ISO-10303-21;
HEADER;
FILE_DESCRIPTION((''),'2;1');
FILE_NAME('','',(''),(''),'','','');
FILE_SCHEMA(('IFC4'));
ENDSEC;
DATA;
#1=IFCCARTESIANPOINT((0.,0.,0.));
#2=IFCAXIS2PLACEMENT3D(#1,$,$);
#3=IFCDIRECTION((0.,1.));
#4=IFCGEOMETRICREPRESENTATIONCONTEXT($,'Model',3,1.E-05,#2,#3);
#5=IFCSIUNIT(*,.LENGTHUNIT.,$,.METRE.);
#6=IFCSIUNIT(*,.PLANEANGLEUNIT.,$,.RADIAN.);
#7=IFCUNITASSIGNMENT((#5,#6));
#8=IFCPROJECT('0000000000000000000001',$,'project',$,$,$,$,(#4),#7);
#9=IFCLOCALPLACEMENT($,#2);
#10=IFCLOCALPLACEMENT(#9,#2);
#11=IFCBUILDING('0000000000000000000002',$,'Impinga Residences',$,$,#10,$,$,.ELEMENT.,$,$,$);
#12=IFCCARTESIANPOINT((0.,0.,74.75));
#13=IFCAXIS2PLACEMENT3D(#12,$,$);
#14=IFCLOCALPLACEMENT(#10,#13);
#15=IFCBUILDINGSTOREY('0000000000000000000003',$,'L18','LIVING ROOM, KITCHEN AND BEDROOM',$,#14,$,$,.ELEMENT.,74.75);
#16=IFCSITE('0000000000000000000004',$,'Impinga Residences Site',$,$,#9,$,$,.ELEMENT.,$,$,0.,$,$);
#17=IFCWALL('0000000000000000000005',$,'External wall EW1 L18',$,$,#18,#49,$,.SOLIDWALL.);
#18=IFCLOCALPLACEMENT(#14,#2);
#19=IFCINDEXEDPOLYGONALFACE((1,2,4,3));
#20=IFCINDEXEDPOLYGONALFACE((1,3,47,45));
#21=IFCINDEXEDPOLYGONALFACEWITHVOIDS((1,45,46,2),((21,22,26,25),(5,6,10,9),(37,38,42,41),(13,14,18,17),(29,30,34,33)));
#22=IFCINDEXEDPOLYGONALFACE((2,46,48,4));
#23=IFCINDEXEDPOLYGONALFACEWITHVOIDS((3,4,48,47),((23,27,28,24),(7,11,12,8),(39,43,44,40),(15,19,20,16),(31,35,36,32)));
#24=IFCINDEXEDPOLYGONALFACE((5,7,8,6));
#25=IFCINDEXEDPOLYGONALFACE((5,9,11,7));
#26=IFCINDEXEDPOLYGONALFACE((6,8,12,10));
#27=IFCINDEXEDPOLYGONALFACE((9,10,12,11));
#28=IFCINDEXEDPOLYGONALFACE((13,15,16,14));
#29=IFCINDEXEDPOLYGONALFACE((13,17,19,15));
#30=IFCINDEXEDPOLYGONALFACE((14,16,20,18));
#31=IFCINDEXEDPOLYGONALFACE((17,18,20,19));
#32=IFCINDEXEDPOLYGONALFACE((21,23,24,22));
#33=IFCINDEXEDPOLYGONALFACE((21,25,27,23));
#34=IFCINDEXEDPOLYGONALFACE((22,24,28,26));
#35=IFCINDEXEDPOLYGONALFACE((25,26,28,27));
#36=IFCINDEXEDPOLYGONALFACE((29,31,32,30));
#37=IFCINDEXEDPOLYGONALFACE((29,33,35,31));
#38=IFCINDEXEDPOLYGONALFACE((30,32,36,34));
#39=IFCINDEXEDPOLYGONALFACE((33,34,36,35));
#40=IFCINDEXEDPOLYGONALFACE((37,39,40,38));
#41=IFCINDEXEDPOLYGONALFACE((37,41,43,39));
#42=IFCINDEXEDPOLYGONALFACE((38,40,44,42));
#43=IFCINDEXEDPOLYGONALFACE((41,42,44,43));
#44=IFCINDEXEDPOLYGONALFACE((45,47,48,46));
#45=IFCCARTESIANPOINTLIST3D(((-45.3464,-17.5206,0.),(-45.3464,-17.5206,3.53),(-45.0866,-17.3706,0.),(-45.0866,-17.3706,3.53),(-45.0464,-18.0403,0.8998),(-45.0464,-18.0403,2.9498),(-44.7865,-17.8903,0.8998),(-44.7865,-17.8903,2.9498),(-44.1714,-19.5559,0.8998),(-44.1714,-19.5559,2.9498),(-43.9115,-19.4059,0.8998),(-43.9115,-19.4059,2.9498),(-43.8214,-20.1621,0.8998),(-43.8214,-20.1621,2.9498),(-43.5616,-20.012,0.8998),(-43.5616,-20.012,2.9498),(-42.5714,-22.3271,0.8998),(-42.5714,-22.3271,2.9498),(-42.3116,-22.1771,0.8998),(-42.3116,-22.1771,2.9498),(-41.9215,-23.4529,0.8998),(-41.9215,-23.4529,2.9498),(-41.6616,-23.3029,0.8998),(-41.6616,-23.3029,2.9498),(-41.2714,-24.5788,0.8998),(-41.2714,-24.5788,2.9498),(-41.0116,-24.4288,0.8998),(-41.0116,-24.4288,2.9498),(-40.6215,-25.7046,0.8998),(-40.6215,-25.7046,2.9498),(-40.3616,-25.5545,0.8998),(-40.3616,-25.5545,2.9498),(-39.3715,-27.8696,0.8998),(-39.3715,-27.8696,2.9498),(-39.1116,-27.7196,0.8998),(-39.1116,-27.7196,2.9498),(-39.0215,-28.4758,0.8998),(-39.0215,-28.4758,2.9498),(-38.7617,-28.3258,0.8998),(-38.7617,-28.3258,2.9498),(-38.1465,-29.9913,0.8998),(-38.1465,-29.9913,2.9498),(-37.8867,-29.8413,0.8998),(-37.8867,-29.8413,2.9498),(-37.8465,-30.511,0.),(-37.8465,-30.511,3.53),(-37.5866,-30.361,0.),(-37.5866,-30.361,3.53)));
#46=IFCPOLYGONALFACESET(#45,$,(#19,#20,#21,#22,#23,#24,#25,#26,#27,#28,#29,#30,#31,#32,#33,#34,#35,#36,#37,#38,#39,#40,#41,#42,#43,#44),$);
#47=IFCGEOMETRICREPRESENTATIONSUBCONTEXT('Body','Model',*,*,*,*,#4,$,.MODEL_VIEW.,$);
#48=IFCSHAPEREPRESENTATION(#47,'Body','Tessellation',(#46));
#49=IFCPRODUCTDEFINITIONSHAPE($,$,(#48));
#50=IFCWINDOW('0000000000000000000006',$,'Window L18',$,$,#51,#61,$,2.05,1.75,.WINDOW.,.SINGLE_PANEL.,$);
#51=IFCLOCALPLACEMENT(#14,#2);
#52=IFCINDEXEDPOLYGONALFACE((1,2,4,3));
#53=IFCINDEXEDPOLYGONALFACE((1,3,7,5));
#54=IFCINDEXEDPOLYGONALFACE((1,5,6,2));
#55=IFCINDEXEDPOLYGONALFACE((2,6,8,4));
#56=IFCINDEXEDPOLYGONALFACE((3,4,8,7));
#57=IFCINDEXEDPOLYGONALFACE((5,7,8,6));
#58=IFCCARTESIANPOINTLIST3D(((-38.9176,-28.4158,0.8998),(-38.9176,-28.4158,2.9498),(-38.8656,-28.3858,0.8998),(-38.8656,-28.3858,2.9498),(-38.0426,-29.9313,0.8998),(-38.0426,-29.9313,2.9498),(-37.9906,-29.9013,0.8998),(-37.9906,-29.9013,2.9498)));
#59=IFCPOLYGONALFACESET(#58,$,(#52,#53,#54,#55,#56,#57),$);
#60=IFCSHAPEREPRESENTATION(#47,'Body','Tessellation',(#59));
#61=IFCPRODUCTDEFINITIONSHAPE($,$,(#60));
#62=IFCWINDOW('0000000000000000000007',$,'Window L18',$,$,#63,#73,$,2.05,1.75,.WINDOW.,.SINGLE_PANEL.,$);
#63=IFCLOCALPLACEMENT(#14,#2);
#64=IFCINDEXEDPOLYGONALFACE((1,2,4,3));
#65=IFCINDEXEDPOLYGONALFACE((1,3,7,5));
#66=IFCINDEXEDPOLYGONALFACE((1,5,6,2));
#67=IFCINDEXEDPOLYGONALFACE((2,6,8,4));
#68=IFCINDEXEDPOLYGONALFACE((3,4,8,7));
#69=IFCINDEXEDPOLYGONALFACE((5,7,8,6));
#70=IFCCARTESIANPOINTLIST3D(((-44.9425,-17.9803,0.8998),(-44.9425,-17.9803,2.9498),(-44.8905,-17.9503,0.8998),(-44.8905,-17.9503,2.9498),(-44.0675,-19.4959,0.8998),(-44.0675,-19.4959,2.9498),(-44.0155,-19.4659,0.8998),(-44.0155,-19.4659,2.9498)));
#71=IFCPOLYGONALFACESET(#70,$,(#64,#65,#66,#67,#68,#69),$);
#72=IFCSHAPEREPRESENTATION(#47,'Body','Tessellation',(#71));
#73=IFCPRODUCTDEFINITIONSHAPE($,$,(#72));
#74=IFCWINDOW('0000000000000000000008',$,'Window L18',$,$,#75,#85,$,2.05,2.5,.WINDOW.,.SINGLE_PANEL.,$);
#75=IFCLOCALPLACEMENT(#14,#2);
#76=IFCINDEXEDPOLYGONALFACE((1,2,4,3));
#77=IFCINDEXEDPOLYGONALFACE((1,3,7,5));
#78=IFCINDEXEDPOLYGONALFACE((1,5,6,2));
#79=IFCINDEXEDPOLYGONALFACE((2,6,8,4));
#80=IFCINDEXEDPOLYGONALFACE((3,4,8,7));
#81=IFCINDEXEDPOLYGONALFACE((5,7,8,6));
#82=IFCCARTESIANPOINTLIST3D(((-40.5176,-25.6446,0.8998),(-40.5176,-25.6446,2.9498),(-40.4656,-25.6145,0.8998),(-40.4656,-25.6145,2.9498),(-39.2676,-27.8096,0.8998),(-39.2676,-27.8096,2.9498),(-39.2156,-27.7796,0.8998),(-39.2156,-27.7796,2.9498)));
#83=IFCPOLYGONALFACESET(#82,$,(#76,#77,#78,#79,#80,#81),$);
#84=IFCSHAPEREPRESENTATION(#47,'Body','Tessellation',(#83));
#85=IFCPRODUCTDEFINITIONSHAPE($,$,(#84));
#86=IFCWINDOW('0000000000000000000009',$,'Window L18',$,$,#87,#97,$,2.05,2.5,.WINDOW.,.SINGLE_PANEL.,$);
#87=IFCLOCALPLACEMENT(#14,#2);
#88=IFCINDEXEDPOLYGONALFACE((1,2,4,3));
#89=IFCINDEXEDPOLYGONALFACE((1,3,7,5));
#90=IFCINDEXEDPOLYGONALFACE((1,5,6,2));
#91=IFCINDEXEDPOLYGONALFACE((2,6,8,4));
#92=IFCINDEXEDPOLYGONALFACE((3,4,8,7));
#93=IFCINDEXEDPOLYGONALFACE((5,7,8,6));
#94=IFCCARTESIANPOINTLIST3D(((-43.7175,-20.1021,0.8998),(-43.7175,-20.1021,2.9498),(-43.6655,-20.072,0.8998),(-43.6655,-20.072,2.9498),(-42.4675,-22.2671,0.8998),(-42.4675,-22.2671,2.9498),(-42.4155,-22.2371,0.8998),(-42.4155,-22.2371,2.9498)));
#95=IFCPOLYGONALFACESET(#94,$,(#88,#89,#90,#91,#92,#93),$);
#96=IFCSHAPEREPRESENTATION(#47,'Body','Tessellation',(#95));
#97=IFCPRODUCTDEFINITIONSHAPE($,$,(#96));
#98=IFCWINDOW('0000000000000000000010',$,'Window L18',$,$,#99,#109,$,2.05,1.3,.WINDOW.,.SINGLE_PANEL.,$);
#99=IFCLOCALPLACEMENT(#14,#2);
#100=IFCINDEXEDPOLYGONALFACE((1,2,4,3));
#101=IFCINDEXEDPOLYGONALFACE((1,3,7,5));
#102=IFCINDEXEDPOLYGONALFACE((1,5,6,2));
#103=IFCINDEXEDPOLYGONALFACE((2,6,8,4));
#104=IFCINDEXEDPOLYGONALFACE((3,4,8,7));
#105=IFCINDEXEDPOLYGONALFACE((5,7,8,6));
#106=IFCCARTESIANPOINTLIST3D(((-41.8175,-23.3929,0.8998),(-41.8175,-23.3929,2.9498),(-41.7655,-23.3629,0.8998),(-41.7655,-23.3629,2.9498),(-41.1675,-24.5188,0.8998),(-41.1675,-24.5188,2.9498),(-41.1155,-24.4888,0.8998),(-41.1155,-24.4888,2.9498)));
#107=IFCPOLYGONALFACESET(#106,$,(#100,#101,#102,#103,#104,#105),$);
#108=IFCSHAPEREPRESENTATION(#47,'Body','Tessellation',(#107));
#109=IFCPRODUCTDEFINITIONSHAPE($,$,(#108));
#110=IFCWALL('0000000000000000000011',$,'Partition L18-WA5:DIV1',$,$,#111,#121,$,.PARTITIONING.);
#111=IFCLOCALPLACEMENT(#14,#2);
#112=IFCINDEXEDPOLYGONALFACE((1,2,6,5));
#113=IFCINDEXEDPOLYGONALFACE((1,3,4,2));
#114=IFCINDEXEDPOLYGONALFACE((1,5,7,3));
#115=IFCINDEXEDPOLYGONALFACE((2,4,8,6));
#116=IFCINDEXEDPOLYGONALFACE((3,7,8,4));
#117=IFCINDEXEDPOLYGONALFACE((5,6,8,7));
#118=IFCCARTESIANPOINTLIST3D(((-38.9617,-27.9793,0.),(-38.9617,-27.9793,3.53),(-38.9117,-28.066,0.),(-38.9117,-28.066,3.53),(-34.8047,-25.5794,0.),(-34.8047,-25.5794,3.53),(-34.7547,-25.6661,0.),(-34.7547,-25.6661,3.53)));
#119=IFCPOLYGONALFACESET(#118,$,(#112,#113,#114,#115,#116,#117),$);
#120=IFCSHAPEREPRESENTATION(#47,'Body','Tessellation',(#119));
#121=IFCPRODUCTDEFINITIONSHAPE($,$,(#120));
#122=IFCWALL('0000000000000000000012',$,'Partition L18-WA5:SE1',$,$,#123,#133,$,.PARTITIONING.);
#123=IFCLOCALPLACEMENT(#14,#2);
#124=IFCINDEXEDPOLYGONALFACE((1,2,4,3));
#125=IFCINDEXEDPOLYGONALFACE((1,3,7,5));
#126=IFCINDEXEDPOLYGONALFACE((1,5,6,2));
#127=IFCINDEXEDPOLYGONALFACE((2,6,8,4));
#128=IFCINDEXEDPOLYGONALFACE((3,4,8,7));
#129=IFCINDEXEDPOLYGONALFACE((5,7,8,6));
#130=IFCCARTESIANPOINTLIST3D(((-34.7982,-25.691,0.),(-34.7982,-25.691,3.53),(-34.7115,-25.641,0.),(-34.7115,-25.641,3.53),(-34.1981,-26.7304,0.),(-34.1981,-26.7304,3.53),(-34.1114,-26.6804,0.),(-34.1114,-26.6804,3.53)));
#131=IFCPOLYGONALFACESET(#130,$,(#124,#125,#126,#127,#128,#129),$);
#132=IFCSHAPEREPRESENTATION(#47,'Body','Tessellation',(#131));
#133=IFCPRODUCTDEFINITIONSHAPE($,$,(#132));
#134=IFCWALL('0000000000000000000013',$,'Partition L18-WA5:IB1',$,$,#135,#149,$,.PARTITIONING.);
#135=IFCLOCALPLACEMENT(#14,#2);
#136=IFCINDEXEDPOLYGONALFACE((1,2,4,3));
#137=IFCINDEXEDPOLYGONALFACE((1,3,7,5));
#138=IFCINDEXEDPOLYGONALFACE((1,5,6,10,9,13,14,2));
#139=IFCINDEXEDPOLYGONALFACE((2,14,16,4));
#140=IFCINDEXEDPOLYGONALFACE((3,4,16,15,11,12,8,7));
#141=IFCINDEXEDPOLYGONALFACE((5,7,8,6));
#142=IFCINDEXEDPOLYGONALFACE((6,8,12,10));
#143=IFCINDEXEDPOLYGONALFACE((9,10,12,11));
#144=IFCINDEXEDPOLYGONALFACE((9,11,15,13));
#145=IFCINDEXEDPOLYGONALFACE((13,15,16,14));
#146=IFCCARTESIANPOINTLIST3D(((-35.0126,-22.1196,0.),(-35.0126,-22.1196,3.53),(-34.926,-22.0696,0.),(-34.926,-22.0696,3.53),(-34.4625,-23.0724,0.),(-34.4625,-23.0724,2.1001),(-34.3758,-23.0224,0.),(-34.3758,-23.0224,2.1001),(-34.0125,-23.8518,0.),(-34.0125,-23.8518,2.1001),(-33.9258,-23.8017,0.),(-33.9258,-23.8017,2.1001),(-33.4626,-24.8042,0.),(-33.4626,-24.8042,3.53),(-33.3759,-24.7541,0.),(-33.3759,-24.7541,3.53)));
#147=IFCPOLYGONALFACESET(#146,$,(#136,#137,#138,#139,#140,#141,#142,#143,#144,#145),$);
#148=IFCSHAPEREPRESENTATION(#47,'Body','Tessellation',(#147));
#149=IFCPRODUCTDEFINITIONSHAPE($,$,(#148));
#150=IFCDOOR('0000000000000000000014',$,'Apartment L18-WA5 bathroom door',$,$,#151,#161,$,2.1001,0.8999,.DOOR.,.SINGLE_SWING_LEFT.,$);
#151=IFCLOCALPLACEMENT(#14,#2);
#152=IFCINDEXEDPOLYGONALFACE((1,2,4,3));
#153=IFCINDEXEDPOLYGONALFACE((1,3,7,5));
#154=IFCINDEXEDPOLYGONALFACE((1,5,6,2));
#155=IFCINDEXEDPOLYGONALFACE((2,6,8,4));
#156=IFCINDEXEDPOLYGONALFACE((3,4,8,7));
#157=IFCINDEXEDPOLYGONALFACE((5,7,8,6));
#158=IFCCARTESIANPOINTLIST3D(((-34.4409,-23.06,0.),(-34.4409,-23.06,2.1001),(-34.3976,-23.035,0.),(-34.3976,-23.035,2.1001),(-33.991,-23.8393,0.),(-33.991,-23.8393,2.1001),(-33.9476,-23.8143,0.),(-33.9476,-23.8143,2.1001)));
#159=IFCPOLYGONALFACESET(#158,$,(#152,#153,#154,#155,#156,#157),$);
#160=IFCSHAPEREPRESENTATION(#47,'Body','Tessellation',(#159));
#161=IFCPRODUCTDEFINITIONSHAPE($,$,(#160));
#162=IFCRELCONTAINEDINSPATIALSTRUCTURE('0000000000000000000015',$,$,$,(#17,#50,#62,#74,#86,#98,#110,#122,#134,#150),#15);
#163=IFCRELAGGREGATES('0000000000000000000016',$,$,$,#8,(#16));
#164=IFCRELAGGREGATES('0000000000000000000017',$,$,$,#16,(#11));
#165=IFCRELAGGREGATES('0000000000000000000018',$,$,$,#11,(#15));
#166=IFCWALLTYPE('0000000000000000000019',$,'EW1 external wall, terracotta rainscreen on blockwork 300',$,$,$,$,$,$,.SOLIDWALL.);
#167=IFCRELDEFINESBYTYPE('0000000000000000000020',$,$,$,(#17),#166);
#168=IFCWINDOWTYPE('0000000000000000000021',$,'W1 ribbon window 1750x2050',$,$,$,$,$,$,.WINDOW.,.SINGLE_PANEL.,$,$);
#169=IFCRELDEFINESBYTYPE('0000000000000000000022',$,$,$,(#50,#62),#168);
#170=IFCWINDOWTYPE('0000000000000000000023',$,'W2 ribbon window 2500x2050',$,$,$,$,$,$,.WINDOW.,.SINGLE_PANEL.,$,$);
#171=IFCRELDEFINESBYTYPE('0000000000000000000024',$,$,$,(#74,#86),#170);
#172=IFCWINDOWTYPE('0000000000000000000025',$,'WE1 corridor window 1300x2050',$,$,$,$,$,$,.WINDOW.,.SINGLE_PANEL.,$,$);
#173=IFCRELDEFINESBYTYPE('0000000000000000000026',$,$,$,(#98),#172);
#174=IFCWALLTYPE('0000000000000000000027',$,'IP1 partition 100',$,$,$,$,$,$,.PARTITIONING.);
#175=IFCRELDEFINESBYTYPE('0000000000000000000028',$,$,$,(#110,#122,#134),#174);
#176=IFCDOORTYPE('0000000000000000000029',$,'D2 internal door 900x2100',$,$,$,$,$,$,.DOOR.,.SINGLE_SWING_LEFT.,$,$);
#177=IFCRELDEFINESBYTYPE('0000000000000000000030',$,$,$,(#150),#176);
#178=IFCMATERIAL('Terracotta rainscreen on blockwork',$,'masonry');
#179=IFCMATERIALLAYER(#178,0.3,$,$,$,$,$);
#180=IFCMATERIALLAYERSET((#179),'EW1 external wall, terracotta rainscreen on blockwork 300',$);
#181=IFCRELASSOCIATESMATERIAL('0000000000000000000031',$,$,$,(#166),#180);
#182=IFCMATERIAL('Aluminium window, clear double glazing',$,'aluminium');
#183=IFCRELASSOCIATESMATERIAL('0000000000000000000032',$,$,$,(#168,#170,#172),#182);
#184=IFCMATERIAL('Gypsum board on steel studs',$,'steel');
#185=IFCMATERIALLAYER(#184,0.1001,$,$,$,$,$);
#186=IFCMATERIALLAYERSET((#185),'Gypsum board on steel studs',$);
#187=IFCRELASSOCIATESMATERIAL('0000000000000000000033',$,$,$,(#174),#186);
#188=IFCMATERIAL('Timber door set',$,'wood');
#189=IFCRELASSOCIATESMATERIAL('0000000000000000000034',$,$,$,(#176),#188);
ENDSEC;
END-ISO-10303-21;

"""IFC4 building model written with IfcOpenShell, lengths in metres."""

from ifc_helpers import new_model, si_unit, direction, frame, frame_2d, origin, place, context, subcontext, project, spatial, rectangle, extrude, material, layer, layer_set, type_object, element, fill, save


model = new_model("IFC4")

# Units and contexts
model_context = context("Model", 3, precision=1e-05, world=origin(), true_north=direction((0.0, 1.0)))
body_context = subcontext(model_context, "Body", "Model", "MODEL_VIEW")
ifc_project = project(units=[si_unit("LENGTHUNIT", "METRE"), si_unit("PLANEANGLEUNIT", "RADIAN")], contexts=[model_context])

# Site, building, storey
site_placement = place(None, origin())
site = spatial("IfcSite", under=ifc_project, at=site_placement, Name="Impinga Residences Site", CompositionType="ELEMENT", RefElevation=0.0)
building_placement = place(site_placement, origin())
building = spatial("IfcBuilding", under=site, at=building_placement, Name="Impinga Residences", CompositionType="ELEMENT")
storey_placement = place(building_placement, frame((0.0, 0.0, 74.75)))
storey = spatial("IfcBuildingStorey", under=building, at=storey_placement, Name="L18", Description="LIVING ROOM, KITCHEN AND BEDROOM", CompositionType="ELEMENT", Elevation=74.75)

# Shared definitions
ifc_material_1 = material(Name="Terracotta rainscreen on blockwork", Category="masonry")
ifc_layer_1 = layer(ifc_material_1, 0.3)
ifc_layer_set_1 = layer_set([ifc_layer_1], Name="EW1 external wall, terracotta rainscreen on blockwork 300")
wall_type_1 = type_object("IfcWallType", Name="EW1 external wall, terracotta rainscreen on blockwork 300", PredefinedType="SOLIDWALL", material=ifc_layer_set_1)

# Wall, openings, windows
wall_1_placement = place(storey_placement, frame((-37.7166, -30.436, 0.0), z_axis=(0.0, 0.0, 1.0), x_axis=(-0.499997, 0.866027, 0.0)))
wall_1 = element("IfcWall", 1, at=wall_1_placement, inside=storey, type_object=wall_type_1, Name="External wall EW1 L18", PredefinedType="SOLIDWALL", context=body_context, shape_type="SweptSolid", body=[
    extrude(rectangle(XDim=15.0, YDim=0.3, at=frame_2d((7.5, 0.0))), origin(), (0.0, 0.0, 1.0), 3.53),
])
opening_1_placement = place(wall_1_placement, frame((0.6001, 0.0, 0.8999)))
opening_1 = element("IfcOpeningElement", 2, at=opening_1_placement, cuts=wall_1, PredefinedType="OPENING", context=body_context, shape_type="SweptSolid", body=[
    extrude(rectangle(XDim=1.75, YDim=2.05, at=frame_2d((0.875, 1.0249))), frame((0.0, 0.1599, 0.0), z_axis=(0.0, -1.0, 0.0), x_axis=(1.0, 0.0, 0.0)), (0.0, 0.0, 1.0), 0.3201),
])
opening_2_placement = place(wall_1_placement, frame((3.05, 0.0, 0.8999)))
opening_2 = element("IfcOpeningElement", 3, at=opening_2_placement, cuts=wall_1, PredefinedType="OPENING", context=body_context, shape_type="SweptSolid", body=[
    extrude(rectangle(XDim=2.5, YDim=2.05, at=frame_2d((1.25, 1.0249))), frame((0.0, 0.1599, 0.0), z_axis=(0.0, -1.0, 0.0), x_axis=(1.0, 0.0, 0.0)), (0.0, 0.0, 1.0), 0.3201),
])
opening_3_placement = place(wall_1_placement, frame((6.8501, 0.0, 0.8999)))
opening_3 = element("IfcOpeningElement", 4, at=opening_3_placement, cuts=wall_1, PredefinedType="OPENING", context=body_context, shape_type="SweptSolid", body=[
    extrude(rectangle(XDim=1.3, YDim=2.05, at=frame_2d((0.6499, 1.0249))), frame((0.0, 0.1599, 0.0), z_axis=(0.0, -1.0, 0.0), x_axis=(1.0, 0.0, 0.0)), (0.0, 0.0, 1.0), 0.3201),
])
opening_4_placement = place(wall_1_placement, frame((9.45, 0.0, 0.8999)))
opening_4 = element("IfcOpeningElement", 5, at=opening_4_placement, cuts=wall_1, PredefinedType="OPENING", context=body_context, shape_type="SweptSolid", body=[
    extrude(rectangle(XDim=2.5, YDim=2.05, at=frame_2d((1.25, 1.0249))), frame((0.0, 0.1599, 0.0), z_axis=(0.0, -1.0, 0.0), x_axis=(1.0, 0.0, 0.0)), (0.0, 0.0, 1.0), 0.3201),
])
opening_5_placement = place(wall_1_placement, frame((12.6499, 0.0, 0.8999)))
opening_5 = element("IfcOpeningElement", 6, at=opening_5_placement, cuts=wall_1, PredefinedType="OPENING", context=body_context, shape_type="SweptSolid", body=[
    extrude(rectangle(XDim=1.75, YDim=2.05, at=frame_2d((0.875, 1.0249))), frame((0.0, 0.1599, 0.0), z_axis=(0.0, -1.0, 0.0), x_axis=(1.0, 0.0, 0.0)), (0.0, 0.0, 1.0), 0.3201),
])
ifc_material_2 = material(Name="Aluminium window, clear double glazing", Category="aluminium")
window_type_1 = type_object("IfcWindowType", Name="W1 ribbon window 1750x2050", PartitioningType="SINGLE_PANEL", PredefinedType="WINDOW", material=ifc_material_2)
window_1_placement = place(opening_1_placement, origin())
window_1 = element("IfcWindow", 7, at=window_1_placement, inside=storey, type_object=window_type_1, Name="Window L18", OverallHeight=2.05, OverallWidth=1.75, PartitioningType="SINGLE_PANEL", PredefinedType="WINDOW", context=body_context, shape_type="SweptSolid", body=[
    extrude(rectangle(XDim=1.75, YDim=2.05, at=frame_2d((0.875, 1.0249))), frame((0.0, 0.03, 0.0), z_axis=(0.0, -1.0, 0.0), x_axis=(1.0, 0.0, 0.0)), (0.0, 0.0, 1.0), 0.0601),
])
fill(opening_1, window_1)
window_2_placement = place(opening_5_placement, origin())
window_2 = element("IfcWindow", 8, at=window_2_placement, inside=storey, type_object=window_type_1, Name="Window L18", OverallHeight=2.05, OverallWidth=1.75, PartitioningType="SINGLE_PANEL", PredefinedType="WINDOW", context=body_context, shape_type="SweptSolid", body=[
    extrude(rectangle(XDim=1.75, YDim=2.05, at=frame_2d((0.875, 1.0249))), frame((0.0, 0.03, 0.0), z_axis=(0.0, -1.0, 0.0), x_axis=(1.0, 0.0, 0.0)), (0.0, 0.0, 1.0), 0.0601),
])
fill(opening_5, window_2)
window_type_2 = type_object("IfcWindowType", Name="W2 ribbon window 2500x2050", PartitioningType="SINGLE_PANEL", PredefinedType="WINDOW", material=ifc_material_2)
window_3_placement = place(opening_2_placement, origin())
window_3 = element("IfcWindow", 9, at=window_3_placement, inside=storey, type_object=window_type_2, Name="Window L18", OverallHeight=2.05, OverallWidth=2.5, PartitioningType="SINGLE_PANEL", PredefinedType="WINDOW", context=body_context, shape_type="SweptSolid", body=[
    extrude(rectangle(XDim=2.5, YDim=2.05, at=frame_2d((1.25, 1.0249))), frame((0.0, 0.03, 0.0), z_axis=(0.0, -1.0, 0.0), x_axis=(1.0, 0.0, 0.0)), (0.0, 0.0, 1.0), 0.0601),
])
fill(opening_2, window_3)
window_4_placement = place(opening_4_placement, origin())
window_4 = element("IfcWindow", 10, at=window_4_placement, inside=storey, type_object=window_type_2, Name="Window L18", OverallHeight=2.05, OverallWidth=2.5, PartitioningType="SINGLE_PANEL", PredefinedType="WINDOW", context=body_context, shape_type="SweptSolid", body=[
    extrude(rectangle(XDim=2.5, YDim=2.05, at=frame_2d((1.25, 1.0249))), frame((0.0, 0.03, 0.0), z_axis=(0.0, -1.0, 0.0), x_axis=(1.0, 0.0, 0.0)), (0.0, 0.0, 1.0), 0.0601),
])
fill(opening_4, window_4)
window_type_3 = type_object("IfcWindowType", Name="WE1 corridor window 1300x2050", PartitioningType="SINGLE_PANEL", PredefinedType="WINDOW", material=ifc_material_2)
window_5_placement = place(opening_3_placement, origin())
window_5 = element("IfcWindow", 11, at=window_5_placement, inside=storey, type_object=window_type_3, Name="Window L18", OverallHeight=2.05, OverallWidth=1.3, PartitioningType="SINGLE_PANEL", PredefinedType="WINDOW", context=body_context, shape_type="SweptSolid", body=[
    extrude(rectangle(XDim=1.3, YDim=2.05, at=frame_2d((0.6499, 1.0249))), frame((0.0, 0.03, 0.0), z_axis=(0.0, -1.0, 0.0), x_axis=(1.0, 0.0, 0.0)), (0.0, 0.0, 1.0), 0.0601),
])
fill(opening_3, window_5)

# Walls
ifc_material_3 = material(Name="Gypsum board on steel studs", Category="steel")
ifc_layer_2 = layer(ifc_material_3, 0.1001)
ifc_layer_set_2 = layer_set([ifc_layer_2], Name="Gypsum board on steel studs")
wall_type_2 = type_object("IfcWallType", Name="IP1 partition 100", PredefinedType="PARTITIONING", material=ifc_layer_set_2)
wall_2_placement = place(storey_placement, frame((-34.7798, -25.6228, 0.0), z_axis=(0.0, 0.0, 1.0), x_axis=(-0.866037, -0.499979, 0.0)))
element("IfcWall", 12, at=wall_2_placement, inside=storey, type_object=wall_type_2, Name="Partition L18-WA5:DIV1", PredefinedType="PARTITIONING", context=body_context, shape_type="SweptSolid", body=[
    extrude(rectangle(XDim=4.8, YDim=0.1001, at=frame_2d((2.3999, 0.0))), origin(), (0.0, 0.0, 1.0), 3.53),
])
wall_3_placement = place(storey_placement, frame((-34.7549, -25.666, 0.0), z_axis=(0.0, 0.0, 1.0), x_axis=(0.500034, -0.866006, 0.0)))
element("IfcWall", 13, at=wall_3_placement, inside=storey, type_object=wall_type_2, Name="Partition L18-WA5:SE1", PredefinedType="PARTITIONING", context=body_context, shape_type="SweptSolid", body=[
    extrude(rectangle(XDim=1.2002, YDim=0.1001, at=frame_2d((0.6001, 0.0))), origin(), (0.0, 0.0, 1.0), 3.53),
])

# Wall, opening, door
wall_4_placement = place(storey_placement, frame((-34.9692, -22.0947, 0.0), z_axis=(0.0, 0.0, 1.0), x_axis=(0.500027, -0.86601, 0.0)))
wall_4 = element("IfcWall", 14, at=wall_4_placement, inside=storey, type_object=wall_type_2, Name="Partition L18-WA5:IB1", PredefinedType="PARTITIONING", context=body_context, shape_type="SweptSolid", body=[
    extrude(rectangle(XDim=3.0999, YDim=0.1001, at=frame_2d((1.5498, 0.0))), origin(), (0.0, 0.0, 1.0), 3.53),
])
opening_6_placement = place(wall_4_placement, frame((1.1001, 0.0, 0.0)))
opening_6 = element("IfcOpeningElement", 15, at=opening_6_placement, cuts=wall_4, PredefinedType="OPENING", context=body_context, shape_type="SweptSolid", body=[
    extrude(rectangle(XDim=0.8999, YDim=2.1001, at=frame_2d((0.45, 1.05))), frame((0.0, 0.0601, 0.0), z_axis=(0.0, -1.0, 0.0), x_axis=(1.0, 0.0, 0.0)), (0.0, 0.0, 1.0), 0.1201),
])
ifc_material_4 = material(Name="Timber door set", Category="wood")
door_type = type_object("IfcDoorType", Name="D2 internal door 900x2100", OperationType="SINGLE_SWING_LEFT", PredefinedType="DOOR", material=ifc_material_4)
door_placement = place(opening_6_placement, origin())
door = element("IfcDoor", 16, at=door_placement, inside=storey, type_object=door_type, Name="Apartment L18-WA5 bathroom door", OperationType="SINGLE_SWING_LEFT", OverallHeight=2.1001, OverallWidth=0.8999, PredefinedType="DOOR", context=body_context, shape_type="SweptSolid", body=[
    extrude(rectangle(XDim=0.8999, YDim=2.1001, at=frame_2d((0.45, 1.05))), frame((0.0, 0.0249, 0.0), z_axis=(0.0, -1.0, 0.0), x_axis=(1.0, 0.0, 0.0)), (0.0, 0.0, 1.0), 0.05),
])
fill(opening_6, door)

save(model, "model.ifc")
